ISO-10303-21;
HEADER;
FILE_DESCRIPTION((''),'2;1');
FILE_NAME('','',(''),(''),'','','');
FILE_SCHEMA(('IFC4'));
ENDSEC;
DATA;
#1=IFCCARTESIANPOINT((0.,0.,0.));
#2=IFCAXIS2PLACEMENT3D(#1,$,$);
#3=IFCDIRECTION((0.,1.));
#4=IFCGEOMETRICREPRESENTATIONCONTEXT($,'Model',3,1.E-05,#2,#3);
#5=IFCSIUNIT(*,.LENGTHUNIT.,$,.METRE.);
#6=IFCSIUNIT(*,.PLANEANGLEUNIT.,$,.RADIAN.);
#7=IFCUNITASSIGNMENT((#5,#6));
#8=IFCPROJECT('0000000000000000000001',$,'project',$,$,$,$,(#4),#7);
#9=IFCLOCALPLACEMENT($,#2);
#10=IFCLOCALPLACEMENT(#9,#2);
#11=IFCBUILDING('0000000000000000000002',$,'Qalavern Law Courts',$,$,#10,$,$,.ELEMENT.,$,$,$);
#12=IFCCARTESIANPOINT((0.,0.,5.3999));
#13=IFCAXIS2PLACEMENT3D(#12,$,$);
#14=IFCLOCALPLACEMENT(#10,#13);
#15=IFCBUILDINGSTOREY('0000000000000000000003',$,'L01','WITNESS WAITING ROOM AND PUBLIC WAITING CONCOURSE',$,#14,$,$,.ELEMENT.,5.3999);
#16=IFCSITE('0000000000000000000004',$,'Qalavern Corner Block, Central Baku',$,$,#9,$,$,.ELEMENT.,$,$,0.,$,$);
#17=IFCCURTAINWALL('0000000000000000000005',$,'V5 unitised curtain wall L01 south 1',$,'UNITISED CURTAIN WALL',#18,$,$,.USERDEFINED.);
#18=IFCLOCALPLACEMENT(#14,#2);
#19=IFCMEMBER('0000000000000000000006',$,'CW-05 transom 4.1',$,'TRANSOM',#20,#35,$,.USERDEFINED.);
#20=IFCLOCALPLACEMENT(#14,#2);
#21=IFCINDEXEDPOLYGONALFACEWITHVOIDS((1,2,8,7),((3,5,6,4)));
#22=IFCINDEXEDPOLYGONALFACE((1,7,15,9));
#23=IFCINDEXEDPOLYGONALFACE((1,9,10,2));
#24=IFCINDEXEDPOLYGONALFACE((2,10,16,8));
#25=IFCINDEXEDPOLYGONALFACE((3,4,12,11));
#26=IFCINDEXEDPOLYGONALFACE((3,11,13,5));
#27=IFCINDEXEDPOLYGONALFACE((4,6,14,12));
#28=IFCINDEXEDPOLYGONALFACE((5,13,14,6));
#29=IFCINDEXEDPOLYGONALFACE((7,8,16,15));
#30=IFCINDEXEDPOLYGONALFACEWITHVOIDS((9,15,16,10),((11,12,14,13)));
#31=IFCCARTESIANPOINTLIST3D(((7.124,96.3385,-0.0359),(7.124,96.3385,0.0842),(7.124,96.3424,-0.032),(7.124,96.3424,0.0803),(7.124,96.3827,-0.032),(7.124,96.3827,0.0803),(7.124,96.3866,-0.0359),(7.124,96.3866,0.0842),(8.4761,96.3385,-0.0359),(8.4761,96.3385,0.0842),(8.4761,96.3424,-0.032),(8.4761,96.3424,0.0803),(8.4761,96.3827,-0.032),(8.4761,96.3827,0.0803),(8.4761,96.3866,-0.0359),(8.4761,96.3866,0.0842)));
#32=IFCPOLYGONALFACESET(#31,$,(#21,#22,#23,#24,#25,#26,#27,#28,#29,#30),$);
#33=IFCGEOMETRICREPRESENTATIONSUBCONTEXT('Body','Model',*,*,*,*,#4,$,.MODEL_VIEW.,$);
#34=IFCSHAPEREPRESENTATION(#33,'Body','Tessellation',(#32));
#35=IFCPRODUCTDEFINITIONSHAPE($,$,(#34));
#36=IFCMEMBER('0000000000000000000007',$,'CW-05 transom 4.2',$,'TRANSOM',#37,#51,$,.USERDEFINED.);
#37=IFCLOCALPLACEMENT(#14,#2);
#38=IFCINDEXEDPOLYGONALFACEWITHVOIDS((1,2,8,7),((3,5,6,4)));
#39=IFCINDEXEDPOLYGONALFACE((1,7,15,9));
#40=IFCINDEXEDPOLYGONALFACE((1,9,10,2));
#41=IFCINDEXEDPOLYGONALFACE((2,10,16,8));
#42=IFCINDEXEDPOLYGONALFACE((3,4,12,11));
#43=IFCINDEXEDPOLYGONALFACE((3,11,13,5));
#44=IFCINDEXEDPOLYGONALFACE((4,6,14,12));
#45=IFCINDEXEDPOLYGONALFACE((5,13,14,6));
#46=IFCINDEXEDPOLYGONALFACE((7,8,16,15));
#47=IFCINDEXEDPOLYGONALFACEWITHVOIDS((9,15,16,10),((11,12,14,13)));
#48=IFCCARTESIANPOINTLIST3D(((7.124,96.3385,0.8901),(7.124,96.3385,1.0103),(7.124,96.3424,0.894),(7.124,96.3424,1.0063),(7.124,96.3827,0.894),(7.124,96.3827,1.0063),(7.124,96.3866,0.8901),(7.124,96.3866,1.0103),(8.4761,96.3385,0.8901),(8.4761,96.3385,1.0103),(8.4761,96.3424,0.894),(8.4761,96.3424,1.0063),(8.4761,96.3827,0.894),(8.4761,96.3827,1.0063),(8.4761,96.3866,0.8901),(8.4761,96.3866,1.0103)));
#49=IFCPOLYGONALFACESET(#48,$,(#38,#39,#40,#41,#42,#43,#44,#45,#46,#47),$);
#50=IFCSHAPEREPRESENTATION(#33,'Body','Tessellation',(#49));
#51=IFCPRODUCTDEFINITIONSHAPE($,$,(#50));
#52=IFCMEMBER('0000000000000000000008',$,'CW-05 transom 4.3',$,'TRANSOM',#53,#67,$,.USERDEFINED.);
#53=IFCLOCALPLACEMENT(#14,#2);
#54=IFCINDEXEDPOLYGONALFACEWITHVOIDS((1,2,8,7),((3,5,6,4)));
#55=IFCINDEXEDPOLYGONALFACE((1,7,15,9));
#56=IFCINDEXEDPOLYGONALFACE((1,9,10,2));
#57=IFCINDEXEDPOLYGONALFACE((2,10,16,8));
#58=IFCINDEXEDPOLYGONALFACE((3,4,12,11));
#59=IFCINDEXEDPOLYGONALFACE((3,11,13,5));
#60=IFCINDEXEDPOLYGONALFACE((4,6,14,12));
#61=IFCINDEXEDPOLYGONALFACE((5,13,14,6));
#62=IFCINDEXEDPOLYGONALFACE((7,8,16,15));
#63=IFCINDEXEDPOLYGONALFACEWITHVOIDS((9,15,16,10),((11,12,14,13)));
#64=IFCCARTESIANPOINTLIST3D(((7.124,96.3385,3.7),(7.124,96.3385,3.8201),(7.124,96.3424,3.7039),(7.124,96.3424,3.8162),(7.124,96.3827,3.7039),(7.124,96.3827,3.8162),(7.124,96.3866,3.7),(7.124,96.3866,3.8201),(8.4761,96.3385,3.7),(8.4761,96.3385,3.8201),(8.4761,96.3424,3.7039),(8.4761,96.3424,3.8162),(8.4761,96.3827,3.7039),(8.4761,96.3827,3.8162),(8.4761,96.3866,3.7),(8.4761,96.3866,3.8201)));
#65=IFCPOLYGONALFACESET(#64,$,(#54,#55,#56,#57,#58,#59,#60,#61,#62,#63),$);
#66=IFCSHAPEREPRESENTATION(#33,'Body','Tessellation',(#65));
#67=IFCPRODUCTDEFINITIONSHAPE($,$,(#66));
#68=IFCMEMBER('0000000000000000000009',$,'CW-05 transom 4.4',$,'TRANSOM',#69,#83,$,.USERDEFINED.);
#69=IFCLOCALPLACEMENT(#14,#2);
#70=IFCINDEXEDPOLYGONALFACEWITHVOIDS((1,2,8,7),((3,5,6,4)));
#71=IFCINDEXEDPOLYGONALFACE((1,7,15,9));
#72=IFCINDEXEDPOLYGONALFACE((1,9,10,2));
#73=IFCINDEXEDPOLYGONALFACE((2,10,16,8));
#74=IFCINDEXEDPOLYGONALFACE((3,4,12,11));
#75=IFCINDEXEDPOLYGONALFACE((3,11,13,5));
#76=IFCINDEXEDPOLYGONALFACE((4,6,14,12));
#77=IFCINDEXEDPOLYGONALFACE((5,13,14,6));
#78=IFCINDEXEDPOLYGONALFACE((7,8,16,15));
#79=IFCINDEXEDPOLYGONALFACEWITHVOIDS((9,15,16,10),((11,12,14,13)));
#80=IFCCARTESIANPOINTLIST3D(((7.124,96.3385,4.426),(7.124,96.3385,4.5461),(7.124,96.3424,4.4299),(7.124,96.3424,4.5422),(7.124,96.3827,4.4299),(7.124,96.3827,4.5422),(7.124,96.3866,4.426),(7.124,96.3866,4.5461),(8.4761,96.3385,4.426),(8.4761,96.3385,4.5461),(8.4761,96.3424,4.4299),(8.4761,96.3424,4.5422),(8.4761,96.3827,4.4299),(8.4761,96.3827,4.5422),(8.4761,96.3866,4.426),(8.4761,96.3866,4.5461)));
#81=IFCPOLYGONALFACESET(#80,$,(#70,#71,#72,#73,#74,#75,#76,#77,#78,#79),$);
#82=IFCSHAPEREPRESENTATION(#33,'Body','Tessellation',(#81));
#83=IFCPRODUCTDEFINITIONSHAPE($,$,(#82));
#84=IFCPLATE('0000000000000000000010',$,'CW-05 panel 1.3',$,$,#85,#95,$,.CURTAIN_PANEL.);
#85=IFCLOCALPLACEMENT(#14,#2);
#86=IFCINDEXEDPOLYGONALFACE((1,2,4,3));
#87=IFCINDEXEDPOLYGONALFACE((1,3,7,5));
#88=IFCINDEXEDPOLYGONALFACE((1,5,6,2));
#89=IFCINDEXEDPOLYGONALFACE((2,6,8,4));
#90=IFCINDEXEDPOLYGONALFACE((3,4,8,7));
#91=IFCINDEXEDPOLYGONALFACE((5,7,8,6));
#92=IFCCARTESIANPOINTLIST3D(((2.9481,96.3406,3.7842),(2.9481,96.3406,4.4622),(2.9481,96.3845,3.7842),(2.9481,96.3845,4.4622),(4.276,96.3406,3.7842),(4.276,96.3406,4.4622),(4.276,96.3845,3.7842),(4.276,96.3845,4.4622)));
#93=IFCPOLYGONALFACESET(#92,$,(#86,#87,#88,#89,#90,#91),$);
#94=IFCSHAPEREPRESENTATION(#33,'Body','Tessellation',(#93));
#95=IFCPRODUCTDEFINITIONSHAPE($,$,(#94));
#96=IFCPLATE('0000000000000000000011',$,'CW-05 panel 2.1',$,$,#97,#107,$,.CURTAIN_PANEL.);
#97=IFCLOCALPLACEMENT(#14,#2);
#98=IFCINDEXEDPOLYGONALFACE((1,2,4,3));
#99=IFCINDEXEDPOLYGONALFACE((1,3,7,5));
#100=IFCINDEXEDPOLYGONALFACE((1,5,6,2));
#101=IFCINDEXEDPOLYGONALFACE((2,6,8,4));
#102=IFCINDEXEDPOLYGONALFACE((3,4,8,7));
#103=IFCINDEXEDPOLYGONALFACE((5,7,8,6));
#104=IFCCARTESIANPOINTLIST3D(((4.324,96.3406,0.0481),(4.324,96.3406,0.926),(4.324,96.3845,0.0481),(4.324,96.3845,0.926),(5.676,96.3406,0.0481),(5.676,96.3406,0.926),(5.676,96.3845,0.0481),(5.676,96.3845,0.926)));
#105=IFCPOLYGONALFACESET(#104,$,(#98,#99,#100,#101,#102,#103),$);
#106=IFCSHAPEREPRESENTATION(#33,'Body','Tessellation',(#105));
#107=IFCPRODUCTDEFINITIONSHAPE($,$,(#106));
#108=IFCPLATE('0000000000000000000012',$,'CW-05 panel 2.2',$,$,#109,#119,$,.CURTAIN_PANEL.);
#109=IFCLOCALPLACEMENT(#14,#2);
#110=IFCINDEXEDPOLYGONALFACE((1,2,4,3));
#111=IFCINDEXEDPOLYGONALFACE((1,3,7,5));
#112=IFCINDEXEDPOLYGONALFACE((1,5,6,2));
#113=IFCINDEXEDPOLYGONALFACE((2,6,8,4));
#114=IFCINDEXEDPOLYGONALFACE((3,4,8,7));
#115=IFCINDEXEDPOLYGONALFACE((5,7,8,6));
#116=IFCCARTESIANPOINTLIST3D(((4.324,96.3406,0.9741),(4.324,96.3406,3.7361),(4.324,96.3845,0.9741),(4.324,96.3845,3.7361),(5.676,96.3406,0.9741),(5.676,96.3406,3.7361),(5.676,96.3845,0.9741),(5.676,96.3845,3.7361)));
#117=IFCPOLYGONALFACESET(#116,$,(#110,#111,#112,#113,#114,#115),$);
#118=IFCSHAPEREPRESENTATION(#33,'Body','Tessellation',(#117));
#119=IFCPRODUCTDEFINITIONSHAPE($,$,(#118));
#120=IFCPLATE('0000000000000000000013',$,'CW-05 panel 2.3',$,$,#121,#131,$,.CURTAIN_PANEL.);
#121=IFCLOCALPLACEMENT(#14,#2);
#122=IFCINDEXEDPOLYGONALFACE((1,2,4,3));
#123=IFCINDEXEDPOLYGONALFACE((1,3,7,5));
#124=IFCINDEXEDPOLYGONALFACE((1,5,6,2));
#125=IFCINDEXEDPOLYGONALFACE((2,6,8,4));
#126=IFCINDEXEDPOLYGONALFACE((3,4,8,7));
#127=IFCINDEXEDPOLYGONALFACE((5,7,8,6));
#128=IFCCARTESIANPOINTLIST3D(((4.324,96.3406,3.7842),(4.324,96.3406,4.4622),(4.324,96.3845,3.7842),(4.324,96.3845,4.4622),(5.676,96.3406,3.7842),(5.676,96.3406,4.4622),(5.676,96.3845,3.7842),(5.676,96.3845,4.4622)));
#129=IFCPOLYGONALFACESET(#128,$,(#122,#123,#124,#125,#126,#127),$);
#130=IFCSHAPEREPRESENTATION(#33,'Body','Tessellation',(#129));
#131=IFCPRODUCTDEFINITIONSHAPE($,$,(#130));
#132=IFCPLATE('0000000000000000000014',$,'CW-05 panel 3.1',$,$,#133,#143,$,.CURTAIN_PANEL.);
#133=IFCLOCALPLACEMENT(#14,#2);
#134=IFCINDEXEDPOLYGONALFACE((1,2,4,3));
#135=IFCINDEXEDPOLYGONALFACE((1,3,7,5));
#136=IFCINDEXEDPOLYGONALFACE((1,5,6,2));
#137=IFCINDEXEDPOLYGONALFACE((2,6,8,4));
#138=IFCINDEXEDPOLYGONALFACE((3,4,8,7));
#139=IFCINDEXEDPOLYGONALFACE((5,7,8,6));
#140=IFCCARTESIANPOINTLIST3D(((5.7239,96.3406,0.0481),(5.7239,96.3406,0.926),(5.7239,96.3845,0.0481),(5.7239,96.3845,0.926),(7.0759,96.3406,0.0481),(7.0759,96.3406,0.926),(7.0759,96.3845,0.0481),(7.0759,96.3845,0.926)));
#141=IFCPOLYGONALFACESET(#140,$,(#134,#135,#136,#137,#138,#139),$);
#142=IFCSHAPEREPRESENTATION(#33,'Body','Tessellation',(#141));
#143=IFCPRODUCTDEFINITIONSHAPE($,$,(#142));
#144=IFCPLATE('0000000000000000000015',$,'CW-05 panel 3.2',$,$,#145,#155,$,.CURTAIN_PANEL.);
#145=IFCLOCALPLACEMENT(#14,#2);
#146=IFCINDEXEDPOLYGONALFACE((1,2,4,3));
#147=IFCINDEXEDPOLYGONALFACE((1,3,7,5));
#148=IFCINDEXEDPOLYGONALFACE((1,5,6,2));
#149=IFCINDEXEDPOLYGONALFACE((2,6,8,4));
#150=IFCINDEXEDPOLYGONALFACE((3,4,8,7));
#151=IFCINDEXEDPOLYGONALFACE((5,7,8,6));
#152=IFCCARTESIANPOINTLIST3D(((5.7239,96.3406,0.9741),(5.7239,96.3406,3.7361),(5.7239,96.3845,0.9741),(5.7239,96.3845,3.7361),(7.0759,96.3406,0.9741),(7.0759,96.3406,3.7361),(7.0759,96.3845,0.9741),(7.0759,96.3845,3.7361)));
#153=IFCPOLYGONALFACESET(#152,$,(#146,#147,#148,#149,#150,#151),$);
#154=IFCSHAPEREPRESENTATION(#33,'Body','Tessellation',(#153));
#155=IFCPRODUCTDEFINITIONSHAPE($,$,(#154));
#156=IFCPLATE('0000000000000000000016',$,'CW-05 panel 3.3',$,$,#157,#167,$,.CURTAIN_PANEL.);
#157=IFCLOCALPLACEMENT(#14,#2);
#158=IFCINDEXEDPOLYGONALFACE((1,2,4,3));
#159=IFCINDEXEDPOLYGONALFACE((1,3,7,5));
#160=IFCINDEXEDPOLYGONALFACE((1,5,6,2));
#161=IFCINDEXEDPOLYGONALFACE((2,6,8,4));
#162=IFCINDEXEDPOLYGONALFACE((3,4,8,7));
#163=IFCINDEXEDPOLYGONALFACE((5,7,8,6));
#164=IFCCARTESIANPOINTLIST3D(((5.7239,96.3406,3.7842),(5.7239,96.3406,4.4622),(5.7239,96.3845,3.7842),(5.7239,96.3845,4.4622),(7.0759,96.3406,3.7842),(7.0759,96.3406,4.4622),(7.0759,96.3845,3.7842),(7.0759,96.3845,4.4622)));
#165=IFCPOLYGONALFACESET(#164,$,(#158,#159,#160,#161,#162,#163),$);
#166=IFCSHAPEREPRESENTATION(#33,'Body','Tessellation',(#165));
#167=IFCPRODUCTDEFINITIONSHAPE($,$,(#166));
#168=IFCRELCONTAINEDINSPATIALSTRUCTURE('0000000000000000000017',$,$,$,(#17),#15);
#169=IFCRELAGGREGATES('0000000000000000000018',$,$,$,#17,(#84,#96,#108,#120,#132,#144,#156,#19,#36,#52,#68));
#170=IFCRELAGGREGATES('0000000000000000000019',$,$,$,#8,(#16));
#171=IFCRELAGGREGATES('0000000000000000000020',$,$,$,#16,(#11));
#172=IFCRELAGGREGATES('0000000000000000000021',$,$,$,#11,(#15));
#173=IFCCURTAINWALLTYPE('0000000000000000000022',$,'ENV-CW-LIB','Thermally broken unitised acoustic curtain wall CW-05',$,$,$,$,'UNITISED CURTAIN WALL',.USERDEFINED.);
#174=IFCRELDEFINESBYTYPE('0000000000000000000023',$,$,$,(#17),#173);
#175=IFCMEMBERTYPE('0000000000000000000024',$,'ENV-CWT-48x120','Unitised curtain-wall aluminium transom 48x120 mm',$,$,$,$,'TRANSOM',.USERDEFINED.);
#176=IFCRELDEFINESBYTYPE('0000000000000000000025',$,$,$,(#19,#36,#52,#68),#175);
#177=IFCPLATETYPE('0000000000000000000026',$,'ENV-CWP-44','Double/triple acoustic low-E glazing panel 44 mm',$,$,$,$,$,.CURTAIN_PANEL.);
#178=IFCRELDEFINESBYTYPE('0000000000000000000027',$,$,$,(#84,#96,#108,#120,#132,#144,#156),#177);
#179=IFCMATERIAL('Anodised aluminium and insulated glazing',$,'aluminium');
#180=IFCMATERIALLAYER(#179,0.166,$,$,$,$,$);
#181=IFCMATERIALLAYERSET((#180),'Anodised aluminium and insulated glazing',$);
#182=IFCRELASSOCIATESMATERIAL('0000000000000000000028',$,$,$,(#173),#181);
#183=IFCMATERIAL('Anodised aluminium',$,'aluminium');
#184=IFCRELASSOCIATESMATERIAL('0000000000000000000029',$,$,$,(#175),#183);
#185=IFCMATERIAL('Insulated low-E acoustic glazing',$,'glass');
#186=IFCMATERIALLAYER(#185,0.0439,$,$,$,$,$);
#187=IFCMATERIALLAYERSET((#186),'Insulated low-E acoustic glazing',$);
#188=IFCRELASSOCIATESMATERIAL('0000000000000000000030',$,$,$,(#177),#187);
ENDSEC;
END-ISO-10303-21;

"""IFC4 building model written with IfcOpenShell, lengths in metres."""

from ifc_helpers import new_model, si_unit, direction, frame, origin, origin_2d, place, context, subcontext, project, spatial, rectangle, hollow_rectangle, extrude, material, layer, layer_set, material_profile, profile_set, type_object, element, aggregate, save


model = new_model("IFC4")

# Units and contexts
model_context = context("Model", 3, precision=1e-05, world=origin(), true_north=direction((0.0, 1.0)))
body_context = subcontext(model_context, "Body", "Model", "MODEL_VIEW")
ifc_project = project(units=[si_unit("LENGTHUNIT", "METRE"), si_unit("PLANEANGLEUNIT", "RADIAN")], contexts=[model_context])

# Site, building, storey
site_placement = place(None, origin())
site = spatial("IfcSite", under=ifc_project, at=site_placement, Name="Qalavern Corner Block, Central Baku", CompositionType="ELEMENT", RefElevation=0.0)
building_placement = place(site_placement, origin())
building = spatial("IfcBuilding", under=site, at=building_placement, Name="Qalavern Law Courts", CompositionType="ELEMENT")
storey_placement = place(building_placement, frame((0.0, 0.0, 5.3999)))
storey = spatial("IfcBuildingStorey", under=building, at=storey_placement, Name="L01", Description="WITNESS WAITING ROOM AND PUBLIC WAITING CONCOURSE", CompositionType="ELEMENT", Elevation=5.3999)

# Curtain wall, members, plates
ifc_material_1 = material(Name="Anodised aluminium and insulated glazing", Category="aluminium")
ifc_layer_1 = layer(ifc_material_1, 0.166)
ifc_layer_set_1 = layer_set([ifc_layer_1], Name="Anodised aluminium and insulated glazing")
curtain_wall_type = type_object("IfcCurtainWallType", Name="ENV-CW-LIB", Description="Thermally broken unitised acoustic curtain wall CW-05", ElementType="UNITISED CURTAIN WALL", PredefinedType="USERDEFINED", material=ifc_layer_set_1)
curtain_wall_placement = place(storey_placement, origin())
curtain_wall = element("IfcCurtainWall", 1, at=curtain_wall_placement, inside=storey, type_object=curtain_wall_type, Name="V5 unitised curtain wall L01 south 1", ObjectType="UNITISED CURTAIN WALL", PredefinedType="USERDEFINED")
ifc_material_2 = material(Name="Anodised aluminium", Category="aluminium")
ifc_material_profile_1 = material_profile(ifc_material_2, hollow_rectangle(XDim=0.0481, YDim=0.1201, WallThickness=0.0039, at=origin_2d()), Name="ALU TRANSOM 48x120")
ifc_profile_set_1 = profile_set([ifc_material_profile_1], Name="Anodised aluminium")
member_type_1 = type_object("IfcMemberType", Name="ENV-CWT-48x120", Description="Unitised curtain-wall aluminium transom 48x120 mm", ElementType="TRANSOM", PredefinedType="USERDEFINED", material=ifc_profile_set_1)
member_1_placement = place(storey_placement, frame((7.124, 96.3625, 0.0242), z_axis=(1.0, 0.0, 0.0), x_axis=(0.0, 1.0, 0.0)))
member_1 = element("IfcMember", 2, at=member_1_placement, type_object=member_type_1, Name="CW-05 transom 4.1", ObjectType="TRANSOM", PredefinedType="USERDEFINED", context=body_context, shape_type="SweptSolid", body=[
    extrude(hollow_rectangle(XDim=0.0481, YDim=0.1201, WallThickness=0.0039, at=origin_2d()), origin(), (0.0, 0.0, 1.0), 1.3521),
])
member_2_placement = place(storey_placement, frame((7.124, 96.3625, 0.9502), z_axis=(1.0, 0.0, 0.0), x_axis=(0.0, 1.0, 0.0)))
member_2 = element("IfcMember", 3, at=member_2_placement, type_object=member_type_1, Name="CW-05 transom 4.2", ObjectType="TRANSOM", PredefinedType="USERDEFINED", context=body_context, shape_type="SweptSolid", body=[
    extrude(hollow_rectangle(XDim=0.0481, YDim=0.1201, WallThickness=0.0039, at=origin_2d()), origin(), (0.0, 0.0, 1.0), 1.3521),
])
member_3_placement = place(storey_placement, frame((7.124, 96.3625, 3.76), z_axis=(1.0, 0.0, 0.0), x_axis=(0.0, 1.0, 0.0)))
member_3 = element("IfcMember", 4, at=member_3_placement, type_object=member_type_1, Name="CW-05 transom 4.3", ObjectType="TRANSOM", PredefinedType="USERDEFINED", context=body_context, shape_type="SweptSolid", body=[
    extrude(hollow_rectangle(XDim=0.0481, YDim=0.1201, WallThickness=0.0039, at=origin_2d()), origin(), (0.0, 0.0, 1.0), 1.3521),
])
member_4_placement = place(storey_placement, frame((7.124, 96.3625, 4.4861), z_axis=(1.0, 0.0, 0.0), x_axis=(0.0, 1.0, 0.0)))
member_4 = element("IfcMember", 5, at=member_4_placement, type_object=member_type_1, Name="CW-05 transom 4.4", ObjectType="TRANSOM", PredefinedType="USERDEFINED", context=body_context, shape_type="SweptSolid", body=[
    extrude(hollow_rectangle(XDim=0.0481, YDim=0.1201, WallThickness=0.0039, at=origin_2d()), origin(), (0.0, 0.0, 1.0), 1.3521),
])
ifc_material_3 = material(Name="Insulated low-E acoustic glazing", Category="glass")
ifc_layer_2 = layer(ifc_material_3, 0.0439)
ifc_layer_set_2 = layer_set([ifc_layer_2], Name="Insulated low-E acoustic glazing")
plate_type = type_object("IfcPlateType", Name="ENV-CWP-44", Description="Double/triple acoustic low-E glazing panel 44 mm", PredefinedType="CURTAIN_PANEL", material=ifc_layer_set_2)
plate_1_placement = place(storey_placement, frame((3.6121, 96.3625, 3.7842), z_axis=(0.0, 0.0, 1.0), x_axis=(1.0, 0.0, 0.0)))
plate_1 = element("IfcPlate", 6, at=plate_1_placement, type_object=plate_type, Name="CW-05 panel 1.3", PredefinedType="CURTAIN_PANEL", context=body_context, shape_type="SweptSolid", body=[
    extrude(rectangle(XDim=1.3279, YDim=0.0439, at=origin_2d()), origin(), (0.0, 0.0, 1.0), 0.678),
])
plate_2_placement = place(storey_placement, frame((5.0, 96.3625, 0.0481), z_axis=(0.0, 0.0, 1.0), x_axis=(1.0, 0.0, 0.0)))
plate_2 = element("IfcPlate", 7, at=plate_2_placement, type_object=plate_type, Name="CW-05 panel 2.1", PredefinedType="CURTAIN_PANEL", context=body_context, shape_type="SweptSolid", body=[
    extrude(rectangle(XDim=1.3521, YDim=0.0439, at=origin_2d()), origin(), (0.0, 0.0, 1.0), 0.8779),
])
plate_3_placement = place(storey_placement, frame((5.0, 96.3625, 0.9741), z_axis=(0.0, 0.0, 1.0), x_axis=(1.0, 0.0, 0.0)))
plate_3 = element("IfcPlate", 8, at=plate_3_placement, type_object=plate_type, Name="CW-05 panel 2.2", PredefinedType="CURTAIN_PANEL", context=body_context, shape_type="SweptSolid", body=[
    extrude(rectangle(XDim=1.3521, YDim=0.0439, at=origin_2d()), origin(), (0.0, 0.0, 1.0), 2.762),
])
plate_4_placement = place(storey_placement, frame((5.0, 96.3625, 3.7842), z_axis=(0.0, 0.0, 1.0), x_axis=(1.0, 0.0, 0.0)))
plate_4 = element("IfcPlate", 9, at=plate_4_placement, type_object=plate_type, Name="CW-05 panel 2.3", PredefinedType="CURTAIN_PANEL", context=body_context, shape_type="SweptSolid", body=[
    extrude(rectangle(XDim=1.3521, YDim=0.0439, at=origin_2d()), origin(), (0.0, 0.0, 1.0), 0.678),
])
plate_5_placement = place(storey_placement, frame((6.3999, 96.3625, 0.0481), z_axis=(0.0, 0.0, 1.0), x_axis=(1.0, 0.0, 0.0)))
plate_5 = element("IfcPlate", 10, at=plate_5_placement, type_object=plate_type, Name="CW-05 panel 3.1", PredefinedType="CURTAIN_PANEL", context=body_context, shape_type="SweptSolid", body=[
    extrude(rectangle(XDim=1.3521, YDim=0.0439, at=origin_2d()), origin(), (0.0, 0.0, 1.0), 0.8779),
])
plate_6_placement = place(storey_placement, frame((6.3999, 96.3625, 0.9741), z_axis=(0.0, 0.0, 1.0), x_axis=(1.0, 0.0, 0.0)))
plate_6 = element("IfcPlate", 11, at=plate_6_placement, type_object=plate_type, Name="CW-05 panel 3.2", PredefinedType="CURTAIN_PANEL", context=body_context, shape_type="SweptSolid", body=[
    extrude(rectangle(XDim=1.3521, YDim=0.0439, at=origin_2d()), origin(), (0.0, 0.0, 1.0), 2.762),
])
plate_7_placement = place(storey_placement, frame((6.3999, 96.3625, 3.7842), z_axis=(0.0, 0.0, 1.0), x_axis=(1.0, 0.0, 0.0)))
plate_7 = element("IfcPlate", 12, at=plate_7_placement, type_object=plate_type, Name="CW-05 panel 3.3", PredefinedType="CURTAIN_PANEL", context=body_context, shape_type="SweptSolid", body=[
    extrude(rectangle(XDim=1.3521, YDim=0.0439, at=origin_2d()), origin(), (0.0, 0.0, 1.0), 0.678),
])
aggregate(curtain_wall, [plate_1, plate_2, plate_3, plate_4, plate_5, plate_6, plate_7, member_1, member_2, member_3, member_4])

save(model, "model.ifc")
